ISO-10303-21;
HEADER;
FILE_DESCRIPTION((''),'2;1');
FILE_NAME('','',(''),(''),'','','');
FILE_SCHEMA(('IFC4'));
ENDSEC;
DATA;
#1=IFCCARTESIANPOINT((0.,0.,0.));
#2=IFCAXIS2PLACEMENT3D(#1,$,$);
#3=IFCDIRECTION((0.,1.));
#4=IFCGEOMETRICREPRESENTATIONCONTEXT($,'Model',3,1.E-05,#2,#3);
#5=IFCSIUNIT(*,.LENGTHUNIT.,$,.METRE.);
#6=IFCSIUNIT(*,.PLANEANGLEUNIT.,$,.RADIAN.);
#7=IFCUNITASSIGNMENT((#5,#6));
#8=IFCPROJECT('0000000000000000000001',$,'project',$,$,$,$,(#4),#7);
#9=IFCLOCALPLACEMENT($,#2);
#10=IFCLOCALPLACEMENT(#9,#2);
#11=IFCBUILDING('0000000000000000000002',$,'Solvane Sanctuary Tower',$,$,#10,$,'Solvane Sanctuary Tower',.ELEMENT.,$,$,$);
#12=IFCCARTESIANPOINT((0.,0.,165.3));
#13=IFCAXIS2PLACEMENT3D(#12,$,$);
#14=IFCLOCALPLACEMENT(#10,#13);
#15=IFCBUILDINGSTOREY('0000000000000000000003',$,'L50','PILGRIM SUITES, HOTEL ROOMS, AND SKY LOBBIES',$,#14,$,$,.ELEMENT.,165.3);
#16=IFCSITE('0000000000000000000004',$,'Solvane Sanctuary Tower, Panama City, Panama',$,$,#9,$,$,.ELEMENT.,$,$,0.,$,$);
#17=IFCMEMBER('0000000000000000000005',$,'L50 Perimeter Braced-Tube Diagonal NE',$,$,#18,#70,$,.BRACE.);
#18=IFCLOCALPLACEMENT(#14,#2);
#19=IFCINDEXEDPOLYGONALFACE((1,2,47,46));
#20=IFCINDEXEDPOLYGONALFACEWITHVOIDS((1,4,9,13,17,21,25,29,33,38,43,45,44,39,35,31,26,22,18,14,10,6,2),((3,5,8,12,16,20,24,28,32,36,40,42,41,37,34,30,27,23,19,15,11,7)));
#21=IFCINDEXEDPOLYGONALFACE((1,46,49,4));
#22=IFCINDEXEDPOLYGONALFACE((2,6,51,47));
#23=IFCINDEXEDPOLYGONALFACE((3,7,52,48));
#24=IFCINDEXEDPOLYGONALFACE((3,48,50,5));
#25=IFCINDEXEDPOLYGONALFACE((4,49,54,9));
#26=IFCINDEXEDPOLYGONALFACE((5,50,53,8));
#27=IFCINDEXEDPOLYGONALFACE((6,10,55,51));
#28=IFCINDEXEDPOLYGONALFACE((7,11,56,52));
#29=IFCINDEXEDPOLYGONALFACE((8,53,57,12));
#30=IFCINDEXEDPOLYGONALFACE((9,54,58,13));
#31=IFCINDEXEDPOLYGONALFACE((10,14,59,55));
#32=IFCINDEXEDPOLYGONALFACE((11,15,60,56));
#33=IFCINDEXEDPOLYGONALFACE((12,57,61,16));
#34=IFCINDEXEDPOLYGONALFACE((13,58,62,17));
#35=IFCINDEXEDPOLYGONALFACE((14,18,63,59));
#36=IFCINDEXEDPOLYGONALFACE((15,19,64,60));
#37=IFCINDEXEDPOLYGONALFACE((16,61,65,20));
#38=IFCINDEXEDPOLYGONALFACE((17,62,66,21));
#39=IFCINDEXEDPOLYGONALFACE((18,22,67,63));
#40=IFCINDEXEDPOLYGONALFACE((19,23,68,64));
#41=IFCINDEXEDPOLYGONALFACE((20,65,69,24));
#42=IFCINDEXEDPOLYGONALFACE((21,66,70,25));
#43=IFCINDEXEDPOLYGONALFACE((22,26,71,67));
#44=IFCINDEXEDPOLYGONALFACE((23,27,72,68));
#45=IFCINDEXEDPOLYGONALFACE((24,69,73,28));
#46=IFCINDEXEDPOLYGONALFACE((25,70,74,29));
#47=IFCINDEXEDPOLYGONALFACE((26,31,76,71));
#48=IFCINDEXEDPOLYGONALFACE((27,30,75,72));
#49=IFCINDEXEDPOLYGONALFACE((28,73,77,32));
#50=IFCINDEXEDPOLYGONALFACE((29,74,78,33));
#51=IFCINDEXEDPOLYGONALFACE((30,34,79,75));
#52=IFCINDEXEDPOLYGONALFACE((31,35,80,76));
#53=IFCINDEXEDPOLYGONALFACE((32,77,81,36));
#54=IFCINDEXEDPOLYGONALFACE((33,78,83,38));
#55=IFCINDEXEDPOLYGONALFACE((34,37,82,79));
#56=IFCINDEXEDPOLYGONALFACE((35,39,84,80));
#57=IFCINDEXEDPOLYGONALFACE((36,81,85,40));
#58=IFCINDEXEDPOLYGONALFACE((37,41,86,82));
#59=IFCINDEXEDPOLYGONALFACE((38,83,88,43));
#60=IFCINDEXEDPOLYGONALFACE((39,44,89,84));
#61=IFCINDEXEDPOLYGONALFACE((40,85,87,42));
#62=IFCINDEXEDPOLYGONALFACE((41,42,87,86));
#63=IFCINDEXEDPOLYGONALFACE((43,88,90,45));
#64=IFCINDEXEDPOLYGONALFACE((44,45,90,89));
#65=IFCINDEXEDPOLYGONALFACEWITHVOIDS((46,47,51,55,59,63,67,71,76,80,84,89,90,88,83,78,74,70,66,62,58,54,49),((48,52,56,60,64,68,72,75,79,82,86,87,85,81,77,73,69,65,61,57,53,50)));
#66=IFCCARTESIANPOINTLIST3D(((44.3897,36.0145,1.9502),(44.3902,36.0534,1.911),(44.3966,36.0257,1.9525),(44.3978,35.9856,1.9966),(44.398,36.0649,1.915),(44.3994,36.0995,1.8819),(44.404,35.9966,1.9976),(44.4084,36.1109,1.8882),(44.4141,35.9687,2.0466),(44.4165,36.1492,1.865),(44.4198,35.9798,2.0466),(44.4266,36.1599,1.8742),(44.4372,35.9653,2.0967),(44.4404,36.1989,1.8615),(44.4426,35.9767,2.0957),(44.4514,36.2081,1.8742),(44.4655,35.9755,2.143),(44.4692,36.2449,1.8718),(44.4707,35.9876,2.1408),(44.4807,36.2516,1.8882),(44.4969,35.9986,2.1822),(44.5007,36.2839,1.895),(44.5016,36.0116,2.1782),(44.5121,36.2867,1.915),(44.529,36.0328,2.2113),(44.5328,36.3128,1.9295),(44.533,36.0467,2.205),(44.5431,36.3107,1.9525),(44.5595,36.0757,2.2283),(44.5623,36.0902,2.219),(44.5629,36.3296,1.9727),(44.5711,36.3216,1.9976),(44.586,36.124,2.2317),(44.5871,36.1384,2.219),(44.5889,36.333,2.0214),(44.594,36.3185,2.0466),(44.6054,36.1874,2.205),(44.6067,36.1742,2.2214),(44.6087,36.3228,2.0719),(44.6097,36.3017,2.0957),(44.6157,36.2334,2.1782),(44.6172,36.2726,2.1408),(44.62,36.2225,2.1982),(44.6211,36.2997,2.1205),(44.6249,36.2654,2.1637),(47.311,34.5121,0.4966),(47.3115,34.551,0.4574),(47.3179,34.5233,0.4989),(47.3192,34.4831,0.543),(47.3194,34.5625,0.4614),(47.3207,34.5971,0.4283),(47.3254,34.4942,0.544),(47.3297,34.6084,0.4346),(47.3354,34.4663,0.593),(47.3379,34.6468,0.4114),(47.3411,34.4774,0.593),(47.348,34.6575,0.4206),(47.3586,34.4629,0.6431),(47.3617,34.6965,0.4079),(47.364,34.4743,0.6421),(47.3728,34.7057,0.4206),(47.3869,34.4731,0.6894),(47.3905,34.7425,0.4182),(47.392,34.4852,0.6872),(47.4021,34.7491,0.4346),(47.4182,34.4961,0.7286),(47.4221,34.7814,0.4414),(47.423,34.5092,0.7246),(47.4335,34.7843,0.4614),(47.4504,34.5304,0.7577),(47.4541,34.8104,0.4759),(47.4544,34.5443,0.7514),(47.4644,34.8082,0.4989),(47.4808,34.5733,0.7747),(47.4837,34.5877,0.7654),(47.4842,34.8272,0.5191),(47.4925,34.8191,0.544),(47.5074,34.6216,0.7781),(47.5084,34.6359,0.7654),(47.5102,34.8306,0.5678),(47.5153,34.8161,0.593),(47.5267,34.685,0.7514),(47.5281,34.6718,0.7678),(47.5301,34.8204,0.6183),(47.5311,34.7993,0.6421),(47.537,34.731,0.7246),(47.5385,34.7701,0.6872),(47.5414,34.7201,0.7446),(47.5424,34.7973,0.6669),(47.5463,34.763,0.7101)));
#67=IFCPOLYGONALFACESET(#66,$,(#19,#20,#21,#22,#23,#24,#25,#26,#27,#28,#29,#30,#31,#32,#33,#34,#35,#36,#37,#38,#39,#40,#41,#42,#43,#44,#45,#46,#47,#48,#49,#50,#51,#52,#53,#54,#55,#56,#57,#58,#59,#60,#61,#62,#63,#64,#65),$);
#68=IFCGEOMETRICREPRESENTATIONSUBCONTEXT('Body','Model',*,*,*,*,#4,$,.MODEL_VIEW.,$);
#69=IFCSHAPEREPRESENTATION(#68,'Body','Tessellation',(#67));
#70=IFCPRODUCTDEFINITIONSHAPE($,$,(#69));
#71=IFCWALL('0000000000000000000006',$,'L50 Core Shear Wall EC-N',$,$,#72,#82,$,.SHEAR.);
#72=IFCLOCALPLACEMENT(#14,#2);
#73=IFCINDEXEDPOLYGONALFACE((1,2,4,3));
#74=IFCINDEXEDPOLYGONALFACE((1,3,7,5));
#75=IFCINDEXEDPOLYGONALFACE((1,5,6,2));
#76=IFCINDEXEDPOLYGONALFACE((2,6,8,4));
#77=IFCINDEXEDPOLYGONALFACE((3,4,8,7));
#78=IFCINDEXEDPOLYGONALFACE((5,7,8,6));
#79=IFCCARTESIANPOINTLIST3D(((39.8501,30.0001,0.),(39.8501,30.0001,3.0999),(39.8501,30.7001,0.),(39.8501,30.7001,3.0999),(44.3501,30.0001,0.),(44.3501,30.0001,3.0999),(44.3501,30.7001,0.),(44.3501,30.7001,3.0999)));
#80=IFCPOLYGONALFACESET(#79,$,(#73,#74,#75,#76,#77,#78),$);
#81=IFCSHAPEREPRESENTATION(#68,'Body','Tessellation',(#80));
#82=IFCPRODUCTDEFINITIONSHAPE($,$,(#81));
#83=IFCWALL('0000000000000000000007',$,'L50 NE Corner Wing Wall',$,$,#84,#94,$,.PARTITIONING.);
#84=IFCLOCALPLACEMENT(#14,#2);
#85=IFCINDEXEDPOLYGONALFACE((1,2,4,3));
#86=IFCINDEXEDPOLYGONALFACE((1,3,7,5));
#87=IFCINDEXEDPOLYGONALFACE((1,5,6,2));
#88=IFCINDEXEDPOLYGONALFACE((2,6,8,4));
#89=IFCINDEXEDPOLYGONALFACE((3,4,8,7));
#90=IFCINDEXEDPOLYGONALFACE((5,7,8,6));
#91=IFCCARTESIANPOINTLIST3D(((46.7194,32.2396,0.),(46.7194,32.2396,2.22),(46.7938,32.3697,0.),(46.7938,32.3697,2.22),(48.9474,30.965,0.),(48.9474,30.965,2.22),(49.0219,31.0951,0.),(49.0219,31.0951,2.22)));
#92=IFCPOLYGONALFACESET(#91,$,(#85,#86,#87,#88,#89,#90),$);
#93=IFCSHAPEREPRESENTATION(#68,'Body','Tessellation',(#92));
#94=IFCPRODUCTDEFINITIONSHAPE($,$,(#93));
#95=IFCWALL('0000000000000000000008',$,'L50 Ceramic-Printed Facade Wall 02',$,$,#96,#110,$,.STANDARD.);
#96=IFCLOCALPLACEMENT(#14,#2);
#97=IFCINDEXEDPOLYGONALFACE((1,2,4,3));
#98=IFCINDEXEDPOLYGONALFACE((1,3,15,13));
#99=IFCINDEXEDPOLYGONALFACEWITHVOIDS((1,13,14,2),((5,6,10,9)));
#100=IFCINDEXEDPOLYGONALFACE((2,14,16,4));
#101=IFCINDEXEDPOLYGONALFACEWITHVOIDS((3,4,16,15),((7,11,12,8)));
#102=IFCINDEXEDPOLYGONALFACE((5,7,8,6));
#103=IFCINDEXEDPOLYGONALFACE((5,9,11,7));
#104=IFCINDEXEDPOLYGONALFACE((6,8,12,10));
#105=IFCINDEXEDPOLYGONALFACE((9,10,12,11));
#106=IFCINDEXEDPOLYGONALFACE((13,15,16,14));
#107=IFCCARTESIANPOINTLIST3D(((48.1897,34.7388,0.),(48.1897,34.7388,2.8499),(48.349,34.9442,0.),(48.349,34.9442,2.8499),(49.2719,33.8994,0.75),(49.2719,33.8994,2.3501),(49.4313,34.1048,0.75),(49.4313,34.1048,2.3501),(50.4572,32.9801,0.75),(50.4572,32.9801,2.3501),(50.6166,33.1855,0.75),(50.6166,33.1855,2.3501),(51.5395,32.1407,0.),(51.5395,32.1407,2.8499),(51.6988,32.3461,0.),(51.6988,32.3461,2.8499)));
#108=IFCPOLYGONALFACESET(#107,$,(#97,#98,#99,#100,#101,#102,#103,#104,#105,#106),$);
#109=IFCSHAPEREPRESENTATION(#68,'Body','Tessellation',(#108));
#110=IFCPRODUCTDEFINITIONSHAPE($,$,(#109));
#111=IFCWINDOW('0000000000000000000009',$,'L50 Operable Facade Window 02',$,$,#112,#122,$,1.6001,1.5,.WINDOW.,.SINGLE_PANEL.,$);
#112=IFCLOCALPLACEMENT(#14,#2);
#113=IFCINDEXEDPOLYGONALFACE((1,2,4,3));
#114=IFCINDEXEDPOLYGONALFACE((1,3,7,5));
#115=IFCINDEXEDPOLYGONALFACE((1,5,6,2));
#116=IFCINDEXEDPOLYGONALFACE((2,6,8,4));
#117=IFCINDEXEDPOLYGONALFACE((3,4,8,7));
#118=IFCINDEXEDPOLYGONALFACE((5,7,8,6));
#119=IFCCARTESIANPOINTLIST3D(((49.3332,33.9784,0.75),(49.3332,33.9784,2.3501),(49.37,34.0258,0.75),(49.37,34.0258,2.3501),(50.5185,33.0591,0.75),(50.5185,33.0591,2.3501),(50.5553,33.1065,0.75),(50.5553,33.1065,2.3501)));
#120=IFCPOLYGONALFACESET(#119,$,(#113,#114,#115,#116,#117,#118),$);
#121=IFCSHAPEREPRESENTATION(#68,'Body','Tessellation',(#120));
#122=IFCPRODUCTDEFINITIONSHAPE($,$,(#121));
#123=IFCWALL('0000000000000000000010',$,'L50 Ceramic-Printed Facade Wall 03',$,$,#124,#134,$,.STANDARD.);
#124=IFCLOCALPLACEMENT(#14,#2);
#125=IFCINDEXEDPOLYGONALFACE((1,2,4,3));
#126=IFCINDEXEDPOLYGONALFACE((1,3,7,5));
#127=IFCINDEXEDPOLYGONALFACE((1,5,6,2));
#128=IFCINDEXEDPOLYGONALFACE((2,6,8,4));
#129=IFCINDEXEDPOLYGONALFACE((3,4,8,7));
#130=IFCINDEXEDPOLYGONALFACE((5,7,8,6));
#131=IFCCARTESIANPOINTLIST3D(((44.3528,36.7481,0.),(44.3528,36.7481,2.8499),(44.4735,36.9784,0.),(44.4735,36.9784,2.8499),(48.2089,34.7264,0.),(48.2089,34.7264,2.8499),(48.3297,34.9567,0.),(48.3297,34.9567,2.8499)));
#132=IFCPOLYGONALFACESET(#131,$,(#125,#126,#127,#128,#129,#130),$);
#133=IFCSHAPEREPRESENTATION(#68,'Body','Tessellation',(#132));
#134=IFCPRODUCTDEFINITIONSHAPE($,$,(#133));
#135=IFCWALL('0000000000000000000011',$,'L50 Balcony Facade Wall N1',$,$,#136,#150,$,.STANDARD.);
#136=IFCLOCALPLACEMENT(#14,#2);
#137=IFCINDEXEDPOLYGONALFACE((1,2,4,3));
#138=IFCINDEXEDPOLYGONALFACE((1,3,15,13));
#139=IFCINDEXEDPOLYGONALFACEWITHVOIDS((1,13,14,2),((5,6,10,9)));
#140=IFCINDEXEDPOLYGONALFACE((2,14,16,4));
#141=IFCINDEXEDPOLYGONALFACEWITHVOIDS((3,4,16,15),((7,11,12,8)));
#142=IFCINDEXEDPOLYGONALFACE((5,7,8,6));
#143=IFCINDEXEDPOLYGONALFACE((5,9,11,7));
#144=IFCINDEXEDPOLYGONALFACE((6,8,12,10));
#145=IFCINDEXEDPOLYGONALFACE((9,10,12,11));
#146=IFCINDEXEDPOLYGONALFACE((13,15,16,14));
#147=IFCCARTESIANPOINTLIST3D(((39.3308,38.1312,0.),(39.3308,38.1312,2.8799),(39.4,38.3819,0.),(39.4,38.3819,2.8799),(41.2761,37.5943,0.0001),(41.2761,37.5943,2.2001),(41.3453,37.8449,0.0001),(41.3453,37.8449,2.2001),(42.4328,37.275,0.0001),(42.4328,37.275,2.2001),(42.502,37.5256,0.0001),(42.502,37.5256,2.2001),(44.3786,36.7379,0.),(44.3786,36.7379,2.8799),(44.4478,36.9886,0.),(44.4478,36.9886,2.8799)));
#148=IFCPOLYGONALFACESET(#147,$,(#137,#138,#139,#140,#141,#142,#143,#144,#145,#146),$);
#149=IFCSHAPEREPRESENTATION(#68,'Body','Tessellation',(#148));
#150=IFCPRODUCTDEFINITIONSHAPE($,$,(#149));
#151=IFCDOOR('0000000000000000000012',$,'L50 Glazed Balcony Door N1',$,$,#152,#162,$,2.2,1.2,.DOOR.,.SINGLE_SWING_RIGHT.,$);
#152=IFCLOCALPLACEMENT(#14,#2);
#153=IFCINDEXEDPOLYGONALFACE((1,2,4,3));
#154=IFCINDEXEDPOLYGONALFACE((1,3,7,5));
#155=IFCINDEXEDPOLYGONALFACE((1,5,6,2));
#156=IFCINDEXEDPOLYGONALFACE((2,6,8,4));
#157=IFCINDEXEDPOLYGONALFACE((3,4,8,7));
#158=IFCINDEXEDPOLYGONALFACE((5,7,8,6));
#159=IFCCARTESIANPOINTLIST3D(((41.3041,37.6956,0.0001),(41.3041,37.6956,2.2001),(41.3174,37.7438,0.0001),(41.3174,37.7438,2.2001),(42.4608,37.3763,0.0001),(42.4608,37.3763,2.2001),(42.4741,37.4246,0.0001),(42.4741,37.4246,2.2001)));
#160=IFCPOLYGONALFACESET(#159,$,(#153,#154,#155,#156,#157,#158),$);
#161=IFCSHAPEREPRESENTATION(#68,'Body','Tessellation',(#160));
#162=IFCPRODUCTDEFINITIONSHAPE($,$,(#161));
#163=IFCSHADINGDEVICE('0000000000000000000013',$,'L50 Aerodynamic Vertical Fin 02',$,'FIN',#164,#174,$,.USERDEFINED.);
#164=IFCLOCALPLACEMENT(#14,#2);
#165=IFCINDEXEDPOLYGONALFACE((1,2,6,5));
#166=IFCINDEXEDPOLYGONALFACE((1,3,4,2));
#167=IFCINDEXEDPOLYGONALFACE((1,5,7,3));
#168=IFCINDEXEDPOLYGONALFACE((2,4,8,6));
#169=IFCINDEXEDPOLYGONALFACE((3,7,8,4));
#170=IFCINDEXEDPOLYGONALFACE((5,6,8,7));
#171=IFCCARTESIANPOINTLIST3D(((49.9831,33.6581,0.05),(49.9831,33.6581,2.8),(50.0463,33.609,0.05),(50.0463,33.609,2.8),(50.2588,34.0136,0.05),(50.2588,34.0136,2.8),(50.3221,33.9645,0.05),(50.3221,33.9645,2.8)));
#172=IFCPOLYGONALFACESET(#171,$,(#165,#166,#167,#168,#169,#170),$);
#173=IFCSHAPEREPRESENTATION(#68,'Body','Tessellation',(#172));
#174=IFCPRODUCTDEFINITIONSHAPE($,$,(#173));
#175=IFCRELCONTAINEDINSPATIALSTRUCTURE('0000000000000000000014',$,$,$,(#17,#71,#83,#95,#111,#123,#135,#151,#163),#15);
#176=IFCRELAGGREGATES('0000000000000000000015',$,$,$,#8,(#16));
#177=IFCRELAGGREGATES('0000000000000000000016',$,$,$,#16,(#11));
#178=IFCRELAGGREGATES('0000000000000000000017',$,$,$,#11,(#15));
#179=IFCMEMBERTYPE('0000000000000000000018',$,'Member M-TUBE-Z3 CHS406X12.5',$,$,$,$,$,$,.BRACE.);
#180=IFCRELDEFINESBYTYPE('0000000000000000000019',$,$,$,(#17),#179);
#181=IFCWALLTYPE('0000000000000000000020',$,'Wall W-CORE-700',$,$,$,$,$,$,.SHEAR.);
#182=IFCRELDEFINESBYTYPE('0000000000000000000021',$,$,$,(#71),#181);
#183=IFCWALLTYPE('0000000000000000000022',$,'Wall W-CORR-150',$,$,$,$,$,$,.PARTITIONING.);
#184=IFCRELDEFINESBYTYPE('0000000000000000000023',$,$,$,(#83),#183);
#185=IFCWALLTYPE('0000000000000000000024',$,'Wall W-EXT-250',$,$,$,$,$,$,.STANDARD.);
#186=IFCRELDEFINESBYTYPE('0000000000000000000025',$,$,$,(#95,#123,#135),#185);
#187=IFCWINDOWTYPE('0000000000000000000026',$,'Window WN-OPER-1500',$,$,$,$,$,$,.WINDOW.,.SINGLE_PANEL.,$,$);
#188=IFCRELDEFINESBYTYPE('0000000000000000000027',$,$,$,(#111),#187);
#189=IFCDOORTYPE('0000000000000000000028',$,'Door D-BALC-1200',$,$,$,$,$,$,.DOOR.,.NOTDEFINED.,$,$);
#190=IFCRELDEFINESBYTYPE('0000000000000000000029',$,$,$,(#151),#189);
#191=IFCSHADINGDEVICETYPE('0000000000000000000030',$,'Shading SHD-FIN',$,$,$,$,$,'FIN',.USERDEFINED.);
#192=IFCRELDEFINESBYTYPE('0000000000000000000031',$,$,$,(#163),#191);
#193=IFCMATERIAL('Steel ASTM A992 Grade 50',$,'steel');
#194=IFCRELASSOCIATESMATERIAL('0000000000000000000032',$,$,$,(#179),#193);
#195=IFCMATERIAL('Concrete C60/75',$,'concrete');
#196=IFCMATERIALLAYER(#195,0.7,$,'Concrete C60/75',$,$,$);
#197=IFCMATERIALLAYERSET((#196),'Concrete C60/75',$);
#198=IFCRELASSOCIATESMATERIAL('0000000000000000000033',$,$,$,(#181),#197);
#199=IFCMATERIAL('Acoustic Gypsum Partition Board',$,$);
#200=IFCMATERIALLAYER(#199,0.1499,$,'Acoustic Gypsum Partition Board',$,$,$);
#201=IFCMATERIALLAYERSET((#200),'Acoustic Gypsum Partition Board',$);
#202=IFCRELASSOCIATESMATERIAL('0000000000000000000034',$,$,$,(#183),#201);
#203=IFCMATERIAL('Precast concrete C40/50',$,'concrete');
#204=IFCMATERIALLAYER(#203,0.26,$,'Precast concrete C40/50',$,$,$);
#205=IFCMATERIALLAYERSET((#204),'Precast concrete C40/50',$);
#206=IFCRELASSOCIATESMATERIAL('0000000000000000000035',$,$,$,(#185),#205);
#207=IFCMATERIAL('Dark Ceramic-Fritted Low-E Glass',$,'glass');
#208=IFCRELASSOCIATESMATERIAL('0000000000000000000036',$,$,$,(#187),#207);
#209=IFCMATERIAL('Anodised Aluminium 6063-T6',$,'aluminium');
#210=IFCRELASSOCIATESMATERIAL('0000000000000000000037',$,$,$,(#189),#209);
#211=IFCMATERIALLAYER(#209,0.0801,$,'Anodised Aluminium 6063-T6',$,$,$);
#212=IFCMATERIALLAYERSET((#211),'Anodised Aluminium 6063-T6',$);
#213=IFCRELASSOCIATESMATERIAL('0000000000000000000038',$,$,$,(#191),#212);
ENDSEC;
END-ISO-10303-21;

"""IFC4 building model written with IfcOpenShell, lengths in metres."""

from ifc_helpers import new_model, si_unit, direction, frame, frame_2d, origin, origin_2d, place, context, subcontext, project, spatial, rectangle, hollow_circle, extrude, material, layer, layer_set, material_profile, profile_set, type_object, element, fill, save


model = new_model("IFC4")

# Units and contexts
model_context = context("Model", 3, precision=1e-05, world=origin(), true_north=direction((0.0, 1.0)))
body_context = subcontext(model_context, "Body", "Model", "MODEL_VIEW")
ifc_project = project(units=[si_unit("LENGTHUNIT", "METRE"), si_unit("PLANEANGLEUNIT", "RADIAN")], contexts=[model_context])

# Site, building, storey
site_placement = place(None, origin())
site = spatial("IfcSite", under=ifc_project, at=site_placement, Name="Solvane Sanctuary Tower, Panama City, Panama", CompositionType="ELEMENT", RefElevation=0.0)
building_placement = place(site_placement, origin())
building = spatial("IfcBuilding", under=site, at=building_placement, Name="Solvane Sanctuary Tower", LongName="Solvane Sanctuary Tower", CompositionType="ELEMENT")
storey_placement = place(building_placement, frame((0.0, 0.0, 165.3)))
storey = spatial("IfcBuildingStorey", under=building, at=storey_placement, Name="L50", Description="PILGRIM SUITES, HOTEL ROOMS, AND SKY LOBBIES", CompositionType="ELEMENT", Elevation=165.3)

# Shared definitions
ifc_material_1 = material(Name="Concrete C60/75", Category="concrete")

# Shared definitions
ifc_material_2 = material(Name="Steel ASTM A992 Grade 50", Category="steel")

# Member
ifc_material_profile_1 = material_profile(ifc_material_2, hollow_circle(Radius=0.2029, WallThickness=0.0125, at=origin_2d()), Name="CHS406X12.5")
ifc_profile_set_1 = profile_set([ifc_material_profile_1], Name="Steel ASTM A992 Grade 50")
member_type = type_object("IfcMemberType", Name="Member M-TUBE-Z3 CHS406X12.5", PredefinedType="BRACE", material=ifc_profile_set_1)
member_placement = place(storey_placement, frame((47.4282, 34.6467, 0.593), z_axis=(-0.813229, 0.418236, 0.404644), x_axis=(-0.457351, -0.889286, 0.0)))
element("IfcMember", 1, at=member_placement, inside=storey, type_object=member_type, Name="L50 Perimeter Braced-Tube Diagonal NE", PredefinedType="BRACE", context=body_context, shape_type="SweptSolid", body=[
    extrude(hollow_circle(Radius=0.2029, WallThickness=0.0125, at=origin_2d()), origin(), (0.0, 0.0, 1.0), 3.5923),
])

# Walls
ifc_layer_1 = layer(ifc_material_1, 0.7, Name="Concrete C60/75")
ifc_layer_set_1 = layer_set([ifc_layer_1], Name="Concrete C60/75")
wall_type_1 = type_object("IfcWallType", Name="Wall W-CORE-700", PredefinedType="SHEAR", material=ifc_layer_set_1)
wall_1_placement = place(storey_placement, frame((39.8501, 30.3501, 0.0), z_axis=(0.0, 0.0, 1.0), x_axis=(1.0, 0.0, 0.0)))
element("IfcWall", 2, at=wall_1_placement, inside=storey, type_object=wall_type_1, Name="L50 Core Shear Wall EC-N", PredefinedType="SHEAR", context=body_context, shape_type="SweptSolid", body=[
    extrude(rectangle(XDim=4.5, YDim=0.7, at=frame_2d((2.25, 0.0))), origin(), (0.0, 0.0, 1.0), 3.0999),
])
ifc_material_3 = material(Name="Acoustic Gypsum Partition Board")
ifc_layer_2 = layer(ifc_material_3, 0.1499, Name="Acoustic Gypsum Partition Board")
ifc_layer_set_2 = layer_set([ifc_layer_2], Name="Acoustic Gypsum Partition Board")
wall_type_2 = type_object("IfcWallType", Name="Wall W-CORR-150", PredefinedType="PARTITIONING", material=ifc_layer_set_2)
wall_2_placement = place(storey_placement, frame((46.7566, 32.3047, 0.0), z_axis=(0.0, 0.0, 1.0), x_axis=(0.867991, -0.496579, 0.0)))
element("IfcWall", 3, at=wall_2_placement, inside=storey, type_object=wall_type_2, Name="L50 NE Corner Wing Wall", PredefinedType="PARTITIONING", context=body_context, shape_type="SweptSolid", body=[
    extrude(rectangle(XDim=2.5669, YDim=0.1499, at=frame_2d((1.2834, 0.0))), origin(), (0.0, 0.0, 1.0), 2.22),
])

# Wall, opening, window
ifc_material_4 = material(Name="Precast concrete C40/50", Category="concrete")
ifc_layer_3 = layer(ifc_material_4, 0.26, Name="Precast concrete C40/50")
ifc_layer_set_3 = layer_set([ifc_layer_3], Name="Precast concrete C40/50")
wall_type_3 = type_object("IfcWallType", Name="Wall W-EXT-250", PredefinedType="STANDARD", material=ifc_layer_set_3)
wall_3_placement = place(storey_placement, frame((51.6191, 32.2434, 0.0), z_axis=(0.0, 0.0, 1.0), x_axis=(-0.790186, 0.612868, 0.0)))
wall_3 = element("IfcWall", 4, at=wall_3_placement, inside=storey, type_object=wall_type_3, Name="L50 Ceramic-Printed Facade Wall 02", PredefinedType="STANDARD", context=body_context, shape_type="SweptSolid", body=[
    extrude(rectangle(XDim=4.2393, YDim=0.26, at=frame_2d((2.1196, 0.0))), origin(), (0.0, 0.0, 1.0), 2.8499),
])
opening_1_placement = place(wall_3_placement, frame((1.3696, 0.0, 0.75)))
opening_1 = element("IfcOpeningElement", 5, at=opening_1_placement, cuts=wall_3, PredefinedType="OPENING", context=body_context, shape_type="SweptSolid", body=[
    extrude(rectangle(XDim=1.5, YDim=1.6001, at=frame_2d((0.75, 0.8))), frame((0.0, 0.1399, 0.0), z_axis=(0.0, -1.0, 0.0), x_axis=(1.0, 0.0, 0.0)), (0.0, 0.0, 1.0), 0.28),
])
ifc_material_5 = material(Name="Dark Ceramic-Fritted Low-E Glass", Category="glass")
window_type = type_object("IfcWindowType", Name="Window WN-OPER-1500", PartitioningType="SINGLE_PANEL", PredefinedType="WINDOW", material=ifc_material_5)
window_placement = place(opening_1_placement, origin())
window = element("IfcWindow", 6, at=window_placement, inside=storey, type_object=window_type, Name="L50 Operable Facade Window 02", OverallHeight=1.6001, OverallWidth=1.5, PartitioningType="SINGLE_PANEL", PredefinedType="WINDOW", context=body_context, shape_type="SweptSolid", body=[
    extrude(rectangle(XDim=1.5, YDim=1.6001, at=frame_2d((0.75, 0.8))), frame((0.0, 0.03, 0.0), z_axis=(0.0, -1.0, 0.0), x_axis=(1.0, 0.0, 0.0)), (0.0, 0.0, 1.0), 0.0601),
])
fill(opening_1, window)

# Wall
wall_4_placement = place(storey_placement, frame((48.2693, 34.8416, 0.0), z_axis=(0.0, 0.0, 1.0), x_axis=(-0.88566, 0.464334, 0.0)))
element("IfcWall", 7, at=wall_4_placement, inside=storey, type_object=wall_type_3, Name="L50 Ceramic-Printed Facade Wall 03", PredefinedType="STANDARD", context=body_context, shape_type="SweptSolid", body=[
    extrude(rectangle(XDim=4.354, YDim=0.26, at=frame_2d((2.177, 0.0))), origin(), (0.0, 0.0, 1.0), 2.8499),
])

# Wall, opening, door
wall_5_placement = place(storey_placement, frame((44.4131, 36.8633, 0.0), z_axis=(0.0, 0.0, 1.0), x_axis=(-0.963953, 0.266071, 0.0)))
wall_5 = element("IfcWall", 8, at=wall_5_placement, inside=storey, type_object=wall_type_3, Name="L50 Balcony Facade Wall N1", PredefinedType="STANDARD", context=body_context, shape_type="SweptSolid", body=[
    extrude(rectangle(XDim=5.2366, YDim=0.26, at=frame_2d((2.6182, 0.0))), origin(), (0.0, 0.0, 1.0), 2.8799),
])
opening_2_placement = place(wall_5_placement, frame((2.0183, 0.0, 0.0)))
opening_2 = element("IfcOpeningElement", 9, at=opening_2_placement, cuts=wall_5, PredefinedType="OPENING", context=body_context, shape_type="SweptSolid", body=[
    extrude(rectangle(XDim=1.2, YDim=2.2, at=frame_2d((0.6001, 1.1001))), frame((0.0, 0.1399, 0.0), z_axis=(0.0, -1.0, 0.0), x_axis=(1.0, 0.0, 0.0)), (0.0, 0.0, 1.0), 0.28),
])
ifc_material_6 = material(Name="Anodised Aluminium 6063-T6", Category="aluminium")
door_type = type_object("IfcDoorType", Name="Door D-BALC-1200", OperationType="NOTDEFINED", PredefinedType="DOOR", material=ifc_material_6)
door_placement = place(opening_2_placement, origin())
door = element("IfcDoor", 10, at=door_placement, inside=storey, type_object=door_type, Name="L50 Glazed Balcony Door N1", OperationType="SINGLE_SWING_RIGHT", OverallHeight=2.2, OverallWidth=1.2, PredefinedType="DOOR", context=body_context, shape_type="SweptSolid", body=[
    extrude(rectangle(XDim=1.2, YDim=2.2, at=frame_2d((0.6001, 1.1001))), frame((0.0, 0.0249, 0.0), z_axis=(0.0, -1.0, 0.0), x_axis=(1.0, 0.0, 0.0)), (0.0, 0.0, 1.0), 0.05),
])
fill(opening_2, door)

# Shading device
ifc_layer_4 = layer(ifc_material_6, 0.0801, Name="Anodised Aluminium 6063-T6")
ifc_layer_set_4 = layer_set([ifc_layer_4], Name="Anodised Aluminium 6063-T6")
shading_device_type = type_object("IfcShadingDeviceType", Name="Shading SHD-FIN", ElementType="FIN", PredefinedType="USERDEFINED", material=ifc_layer_set_4)
shading_device_placement = place(storey_placement, frame((50.1526, 33.8113, 0.05), z_axis=(0.0, 0.0, 1.0), x_axis=(-0.790166, 0.612893, 0.0)))
element("IfcShadingDevice", 11, at=shading_device_placement, inside=storey, type_object=shading_device_type, Name="L50 Aerodynamic Vertical Fin 02", ObjectType="FIN", PredefinedType="USERDEFINED", context=body_context, shape_type="SweptSolid", body=[
    extrude(rectangle(XDim=0.0801, YDim=0.45, at=origin_2d()), origin(), (0.0, 0.0, 1.0), 2.75),
])

save(model, "model.ifc")
